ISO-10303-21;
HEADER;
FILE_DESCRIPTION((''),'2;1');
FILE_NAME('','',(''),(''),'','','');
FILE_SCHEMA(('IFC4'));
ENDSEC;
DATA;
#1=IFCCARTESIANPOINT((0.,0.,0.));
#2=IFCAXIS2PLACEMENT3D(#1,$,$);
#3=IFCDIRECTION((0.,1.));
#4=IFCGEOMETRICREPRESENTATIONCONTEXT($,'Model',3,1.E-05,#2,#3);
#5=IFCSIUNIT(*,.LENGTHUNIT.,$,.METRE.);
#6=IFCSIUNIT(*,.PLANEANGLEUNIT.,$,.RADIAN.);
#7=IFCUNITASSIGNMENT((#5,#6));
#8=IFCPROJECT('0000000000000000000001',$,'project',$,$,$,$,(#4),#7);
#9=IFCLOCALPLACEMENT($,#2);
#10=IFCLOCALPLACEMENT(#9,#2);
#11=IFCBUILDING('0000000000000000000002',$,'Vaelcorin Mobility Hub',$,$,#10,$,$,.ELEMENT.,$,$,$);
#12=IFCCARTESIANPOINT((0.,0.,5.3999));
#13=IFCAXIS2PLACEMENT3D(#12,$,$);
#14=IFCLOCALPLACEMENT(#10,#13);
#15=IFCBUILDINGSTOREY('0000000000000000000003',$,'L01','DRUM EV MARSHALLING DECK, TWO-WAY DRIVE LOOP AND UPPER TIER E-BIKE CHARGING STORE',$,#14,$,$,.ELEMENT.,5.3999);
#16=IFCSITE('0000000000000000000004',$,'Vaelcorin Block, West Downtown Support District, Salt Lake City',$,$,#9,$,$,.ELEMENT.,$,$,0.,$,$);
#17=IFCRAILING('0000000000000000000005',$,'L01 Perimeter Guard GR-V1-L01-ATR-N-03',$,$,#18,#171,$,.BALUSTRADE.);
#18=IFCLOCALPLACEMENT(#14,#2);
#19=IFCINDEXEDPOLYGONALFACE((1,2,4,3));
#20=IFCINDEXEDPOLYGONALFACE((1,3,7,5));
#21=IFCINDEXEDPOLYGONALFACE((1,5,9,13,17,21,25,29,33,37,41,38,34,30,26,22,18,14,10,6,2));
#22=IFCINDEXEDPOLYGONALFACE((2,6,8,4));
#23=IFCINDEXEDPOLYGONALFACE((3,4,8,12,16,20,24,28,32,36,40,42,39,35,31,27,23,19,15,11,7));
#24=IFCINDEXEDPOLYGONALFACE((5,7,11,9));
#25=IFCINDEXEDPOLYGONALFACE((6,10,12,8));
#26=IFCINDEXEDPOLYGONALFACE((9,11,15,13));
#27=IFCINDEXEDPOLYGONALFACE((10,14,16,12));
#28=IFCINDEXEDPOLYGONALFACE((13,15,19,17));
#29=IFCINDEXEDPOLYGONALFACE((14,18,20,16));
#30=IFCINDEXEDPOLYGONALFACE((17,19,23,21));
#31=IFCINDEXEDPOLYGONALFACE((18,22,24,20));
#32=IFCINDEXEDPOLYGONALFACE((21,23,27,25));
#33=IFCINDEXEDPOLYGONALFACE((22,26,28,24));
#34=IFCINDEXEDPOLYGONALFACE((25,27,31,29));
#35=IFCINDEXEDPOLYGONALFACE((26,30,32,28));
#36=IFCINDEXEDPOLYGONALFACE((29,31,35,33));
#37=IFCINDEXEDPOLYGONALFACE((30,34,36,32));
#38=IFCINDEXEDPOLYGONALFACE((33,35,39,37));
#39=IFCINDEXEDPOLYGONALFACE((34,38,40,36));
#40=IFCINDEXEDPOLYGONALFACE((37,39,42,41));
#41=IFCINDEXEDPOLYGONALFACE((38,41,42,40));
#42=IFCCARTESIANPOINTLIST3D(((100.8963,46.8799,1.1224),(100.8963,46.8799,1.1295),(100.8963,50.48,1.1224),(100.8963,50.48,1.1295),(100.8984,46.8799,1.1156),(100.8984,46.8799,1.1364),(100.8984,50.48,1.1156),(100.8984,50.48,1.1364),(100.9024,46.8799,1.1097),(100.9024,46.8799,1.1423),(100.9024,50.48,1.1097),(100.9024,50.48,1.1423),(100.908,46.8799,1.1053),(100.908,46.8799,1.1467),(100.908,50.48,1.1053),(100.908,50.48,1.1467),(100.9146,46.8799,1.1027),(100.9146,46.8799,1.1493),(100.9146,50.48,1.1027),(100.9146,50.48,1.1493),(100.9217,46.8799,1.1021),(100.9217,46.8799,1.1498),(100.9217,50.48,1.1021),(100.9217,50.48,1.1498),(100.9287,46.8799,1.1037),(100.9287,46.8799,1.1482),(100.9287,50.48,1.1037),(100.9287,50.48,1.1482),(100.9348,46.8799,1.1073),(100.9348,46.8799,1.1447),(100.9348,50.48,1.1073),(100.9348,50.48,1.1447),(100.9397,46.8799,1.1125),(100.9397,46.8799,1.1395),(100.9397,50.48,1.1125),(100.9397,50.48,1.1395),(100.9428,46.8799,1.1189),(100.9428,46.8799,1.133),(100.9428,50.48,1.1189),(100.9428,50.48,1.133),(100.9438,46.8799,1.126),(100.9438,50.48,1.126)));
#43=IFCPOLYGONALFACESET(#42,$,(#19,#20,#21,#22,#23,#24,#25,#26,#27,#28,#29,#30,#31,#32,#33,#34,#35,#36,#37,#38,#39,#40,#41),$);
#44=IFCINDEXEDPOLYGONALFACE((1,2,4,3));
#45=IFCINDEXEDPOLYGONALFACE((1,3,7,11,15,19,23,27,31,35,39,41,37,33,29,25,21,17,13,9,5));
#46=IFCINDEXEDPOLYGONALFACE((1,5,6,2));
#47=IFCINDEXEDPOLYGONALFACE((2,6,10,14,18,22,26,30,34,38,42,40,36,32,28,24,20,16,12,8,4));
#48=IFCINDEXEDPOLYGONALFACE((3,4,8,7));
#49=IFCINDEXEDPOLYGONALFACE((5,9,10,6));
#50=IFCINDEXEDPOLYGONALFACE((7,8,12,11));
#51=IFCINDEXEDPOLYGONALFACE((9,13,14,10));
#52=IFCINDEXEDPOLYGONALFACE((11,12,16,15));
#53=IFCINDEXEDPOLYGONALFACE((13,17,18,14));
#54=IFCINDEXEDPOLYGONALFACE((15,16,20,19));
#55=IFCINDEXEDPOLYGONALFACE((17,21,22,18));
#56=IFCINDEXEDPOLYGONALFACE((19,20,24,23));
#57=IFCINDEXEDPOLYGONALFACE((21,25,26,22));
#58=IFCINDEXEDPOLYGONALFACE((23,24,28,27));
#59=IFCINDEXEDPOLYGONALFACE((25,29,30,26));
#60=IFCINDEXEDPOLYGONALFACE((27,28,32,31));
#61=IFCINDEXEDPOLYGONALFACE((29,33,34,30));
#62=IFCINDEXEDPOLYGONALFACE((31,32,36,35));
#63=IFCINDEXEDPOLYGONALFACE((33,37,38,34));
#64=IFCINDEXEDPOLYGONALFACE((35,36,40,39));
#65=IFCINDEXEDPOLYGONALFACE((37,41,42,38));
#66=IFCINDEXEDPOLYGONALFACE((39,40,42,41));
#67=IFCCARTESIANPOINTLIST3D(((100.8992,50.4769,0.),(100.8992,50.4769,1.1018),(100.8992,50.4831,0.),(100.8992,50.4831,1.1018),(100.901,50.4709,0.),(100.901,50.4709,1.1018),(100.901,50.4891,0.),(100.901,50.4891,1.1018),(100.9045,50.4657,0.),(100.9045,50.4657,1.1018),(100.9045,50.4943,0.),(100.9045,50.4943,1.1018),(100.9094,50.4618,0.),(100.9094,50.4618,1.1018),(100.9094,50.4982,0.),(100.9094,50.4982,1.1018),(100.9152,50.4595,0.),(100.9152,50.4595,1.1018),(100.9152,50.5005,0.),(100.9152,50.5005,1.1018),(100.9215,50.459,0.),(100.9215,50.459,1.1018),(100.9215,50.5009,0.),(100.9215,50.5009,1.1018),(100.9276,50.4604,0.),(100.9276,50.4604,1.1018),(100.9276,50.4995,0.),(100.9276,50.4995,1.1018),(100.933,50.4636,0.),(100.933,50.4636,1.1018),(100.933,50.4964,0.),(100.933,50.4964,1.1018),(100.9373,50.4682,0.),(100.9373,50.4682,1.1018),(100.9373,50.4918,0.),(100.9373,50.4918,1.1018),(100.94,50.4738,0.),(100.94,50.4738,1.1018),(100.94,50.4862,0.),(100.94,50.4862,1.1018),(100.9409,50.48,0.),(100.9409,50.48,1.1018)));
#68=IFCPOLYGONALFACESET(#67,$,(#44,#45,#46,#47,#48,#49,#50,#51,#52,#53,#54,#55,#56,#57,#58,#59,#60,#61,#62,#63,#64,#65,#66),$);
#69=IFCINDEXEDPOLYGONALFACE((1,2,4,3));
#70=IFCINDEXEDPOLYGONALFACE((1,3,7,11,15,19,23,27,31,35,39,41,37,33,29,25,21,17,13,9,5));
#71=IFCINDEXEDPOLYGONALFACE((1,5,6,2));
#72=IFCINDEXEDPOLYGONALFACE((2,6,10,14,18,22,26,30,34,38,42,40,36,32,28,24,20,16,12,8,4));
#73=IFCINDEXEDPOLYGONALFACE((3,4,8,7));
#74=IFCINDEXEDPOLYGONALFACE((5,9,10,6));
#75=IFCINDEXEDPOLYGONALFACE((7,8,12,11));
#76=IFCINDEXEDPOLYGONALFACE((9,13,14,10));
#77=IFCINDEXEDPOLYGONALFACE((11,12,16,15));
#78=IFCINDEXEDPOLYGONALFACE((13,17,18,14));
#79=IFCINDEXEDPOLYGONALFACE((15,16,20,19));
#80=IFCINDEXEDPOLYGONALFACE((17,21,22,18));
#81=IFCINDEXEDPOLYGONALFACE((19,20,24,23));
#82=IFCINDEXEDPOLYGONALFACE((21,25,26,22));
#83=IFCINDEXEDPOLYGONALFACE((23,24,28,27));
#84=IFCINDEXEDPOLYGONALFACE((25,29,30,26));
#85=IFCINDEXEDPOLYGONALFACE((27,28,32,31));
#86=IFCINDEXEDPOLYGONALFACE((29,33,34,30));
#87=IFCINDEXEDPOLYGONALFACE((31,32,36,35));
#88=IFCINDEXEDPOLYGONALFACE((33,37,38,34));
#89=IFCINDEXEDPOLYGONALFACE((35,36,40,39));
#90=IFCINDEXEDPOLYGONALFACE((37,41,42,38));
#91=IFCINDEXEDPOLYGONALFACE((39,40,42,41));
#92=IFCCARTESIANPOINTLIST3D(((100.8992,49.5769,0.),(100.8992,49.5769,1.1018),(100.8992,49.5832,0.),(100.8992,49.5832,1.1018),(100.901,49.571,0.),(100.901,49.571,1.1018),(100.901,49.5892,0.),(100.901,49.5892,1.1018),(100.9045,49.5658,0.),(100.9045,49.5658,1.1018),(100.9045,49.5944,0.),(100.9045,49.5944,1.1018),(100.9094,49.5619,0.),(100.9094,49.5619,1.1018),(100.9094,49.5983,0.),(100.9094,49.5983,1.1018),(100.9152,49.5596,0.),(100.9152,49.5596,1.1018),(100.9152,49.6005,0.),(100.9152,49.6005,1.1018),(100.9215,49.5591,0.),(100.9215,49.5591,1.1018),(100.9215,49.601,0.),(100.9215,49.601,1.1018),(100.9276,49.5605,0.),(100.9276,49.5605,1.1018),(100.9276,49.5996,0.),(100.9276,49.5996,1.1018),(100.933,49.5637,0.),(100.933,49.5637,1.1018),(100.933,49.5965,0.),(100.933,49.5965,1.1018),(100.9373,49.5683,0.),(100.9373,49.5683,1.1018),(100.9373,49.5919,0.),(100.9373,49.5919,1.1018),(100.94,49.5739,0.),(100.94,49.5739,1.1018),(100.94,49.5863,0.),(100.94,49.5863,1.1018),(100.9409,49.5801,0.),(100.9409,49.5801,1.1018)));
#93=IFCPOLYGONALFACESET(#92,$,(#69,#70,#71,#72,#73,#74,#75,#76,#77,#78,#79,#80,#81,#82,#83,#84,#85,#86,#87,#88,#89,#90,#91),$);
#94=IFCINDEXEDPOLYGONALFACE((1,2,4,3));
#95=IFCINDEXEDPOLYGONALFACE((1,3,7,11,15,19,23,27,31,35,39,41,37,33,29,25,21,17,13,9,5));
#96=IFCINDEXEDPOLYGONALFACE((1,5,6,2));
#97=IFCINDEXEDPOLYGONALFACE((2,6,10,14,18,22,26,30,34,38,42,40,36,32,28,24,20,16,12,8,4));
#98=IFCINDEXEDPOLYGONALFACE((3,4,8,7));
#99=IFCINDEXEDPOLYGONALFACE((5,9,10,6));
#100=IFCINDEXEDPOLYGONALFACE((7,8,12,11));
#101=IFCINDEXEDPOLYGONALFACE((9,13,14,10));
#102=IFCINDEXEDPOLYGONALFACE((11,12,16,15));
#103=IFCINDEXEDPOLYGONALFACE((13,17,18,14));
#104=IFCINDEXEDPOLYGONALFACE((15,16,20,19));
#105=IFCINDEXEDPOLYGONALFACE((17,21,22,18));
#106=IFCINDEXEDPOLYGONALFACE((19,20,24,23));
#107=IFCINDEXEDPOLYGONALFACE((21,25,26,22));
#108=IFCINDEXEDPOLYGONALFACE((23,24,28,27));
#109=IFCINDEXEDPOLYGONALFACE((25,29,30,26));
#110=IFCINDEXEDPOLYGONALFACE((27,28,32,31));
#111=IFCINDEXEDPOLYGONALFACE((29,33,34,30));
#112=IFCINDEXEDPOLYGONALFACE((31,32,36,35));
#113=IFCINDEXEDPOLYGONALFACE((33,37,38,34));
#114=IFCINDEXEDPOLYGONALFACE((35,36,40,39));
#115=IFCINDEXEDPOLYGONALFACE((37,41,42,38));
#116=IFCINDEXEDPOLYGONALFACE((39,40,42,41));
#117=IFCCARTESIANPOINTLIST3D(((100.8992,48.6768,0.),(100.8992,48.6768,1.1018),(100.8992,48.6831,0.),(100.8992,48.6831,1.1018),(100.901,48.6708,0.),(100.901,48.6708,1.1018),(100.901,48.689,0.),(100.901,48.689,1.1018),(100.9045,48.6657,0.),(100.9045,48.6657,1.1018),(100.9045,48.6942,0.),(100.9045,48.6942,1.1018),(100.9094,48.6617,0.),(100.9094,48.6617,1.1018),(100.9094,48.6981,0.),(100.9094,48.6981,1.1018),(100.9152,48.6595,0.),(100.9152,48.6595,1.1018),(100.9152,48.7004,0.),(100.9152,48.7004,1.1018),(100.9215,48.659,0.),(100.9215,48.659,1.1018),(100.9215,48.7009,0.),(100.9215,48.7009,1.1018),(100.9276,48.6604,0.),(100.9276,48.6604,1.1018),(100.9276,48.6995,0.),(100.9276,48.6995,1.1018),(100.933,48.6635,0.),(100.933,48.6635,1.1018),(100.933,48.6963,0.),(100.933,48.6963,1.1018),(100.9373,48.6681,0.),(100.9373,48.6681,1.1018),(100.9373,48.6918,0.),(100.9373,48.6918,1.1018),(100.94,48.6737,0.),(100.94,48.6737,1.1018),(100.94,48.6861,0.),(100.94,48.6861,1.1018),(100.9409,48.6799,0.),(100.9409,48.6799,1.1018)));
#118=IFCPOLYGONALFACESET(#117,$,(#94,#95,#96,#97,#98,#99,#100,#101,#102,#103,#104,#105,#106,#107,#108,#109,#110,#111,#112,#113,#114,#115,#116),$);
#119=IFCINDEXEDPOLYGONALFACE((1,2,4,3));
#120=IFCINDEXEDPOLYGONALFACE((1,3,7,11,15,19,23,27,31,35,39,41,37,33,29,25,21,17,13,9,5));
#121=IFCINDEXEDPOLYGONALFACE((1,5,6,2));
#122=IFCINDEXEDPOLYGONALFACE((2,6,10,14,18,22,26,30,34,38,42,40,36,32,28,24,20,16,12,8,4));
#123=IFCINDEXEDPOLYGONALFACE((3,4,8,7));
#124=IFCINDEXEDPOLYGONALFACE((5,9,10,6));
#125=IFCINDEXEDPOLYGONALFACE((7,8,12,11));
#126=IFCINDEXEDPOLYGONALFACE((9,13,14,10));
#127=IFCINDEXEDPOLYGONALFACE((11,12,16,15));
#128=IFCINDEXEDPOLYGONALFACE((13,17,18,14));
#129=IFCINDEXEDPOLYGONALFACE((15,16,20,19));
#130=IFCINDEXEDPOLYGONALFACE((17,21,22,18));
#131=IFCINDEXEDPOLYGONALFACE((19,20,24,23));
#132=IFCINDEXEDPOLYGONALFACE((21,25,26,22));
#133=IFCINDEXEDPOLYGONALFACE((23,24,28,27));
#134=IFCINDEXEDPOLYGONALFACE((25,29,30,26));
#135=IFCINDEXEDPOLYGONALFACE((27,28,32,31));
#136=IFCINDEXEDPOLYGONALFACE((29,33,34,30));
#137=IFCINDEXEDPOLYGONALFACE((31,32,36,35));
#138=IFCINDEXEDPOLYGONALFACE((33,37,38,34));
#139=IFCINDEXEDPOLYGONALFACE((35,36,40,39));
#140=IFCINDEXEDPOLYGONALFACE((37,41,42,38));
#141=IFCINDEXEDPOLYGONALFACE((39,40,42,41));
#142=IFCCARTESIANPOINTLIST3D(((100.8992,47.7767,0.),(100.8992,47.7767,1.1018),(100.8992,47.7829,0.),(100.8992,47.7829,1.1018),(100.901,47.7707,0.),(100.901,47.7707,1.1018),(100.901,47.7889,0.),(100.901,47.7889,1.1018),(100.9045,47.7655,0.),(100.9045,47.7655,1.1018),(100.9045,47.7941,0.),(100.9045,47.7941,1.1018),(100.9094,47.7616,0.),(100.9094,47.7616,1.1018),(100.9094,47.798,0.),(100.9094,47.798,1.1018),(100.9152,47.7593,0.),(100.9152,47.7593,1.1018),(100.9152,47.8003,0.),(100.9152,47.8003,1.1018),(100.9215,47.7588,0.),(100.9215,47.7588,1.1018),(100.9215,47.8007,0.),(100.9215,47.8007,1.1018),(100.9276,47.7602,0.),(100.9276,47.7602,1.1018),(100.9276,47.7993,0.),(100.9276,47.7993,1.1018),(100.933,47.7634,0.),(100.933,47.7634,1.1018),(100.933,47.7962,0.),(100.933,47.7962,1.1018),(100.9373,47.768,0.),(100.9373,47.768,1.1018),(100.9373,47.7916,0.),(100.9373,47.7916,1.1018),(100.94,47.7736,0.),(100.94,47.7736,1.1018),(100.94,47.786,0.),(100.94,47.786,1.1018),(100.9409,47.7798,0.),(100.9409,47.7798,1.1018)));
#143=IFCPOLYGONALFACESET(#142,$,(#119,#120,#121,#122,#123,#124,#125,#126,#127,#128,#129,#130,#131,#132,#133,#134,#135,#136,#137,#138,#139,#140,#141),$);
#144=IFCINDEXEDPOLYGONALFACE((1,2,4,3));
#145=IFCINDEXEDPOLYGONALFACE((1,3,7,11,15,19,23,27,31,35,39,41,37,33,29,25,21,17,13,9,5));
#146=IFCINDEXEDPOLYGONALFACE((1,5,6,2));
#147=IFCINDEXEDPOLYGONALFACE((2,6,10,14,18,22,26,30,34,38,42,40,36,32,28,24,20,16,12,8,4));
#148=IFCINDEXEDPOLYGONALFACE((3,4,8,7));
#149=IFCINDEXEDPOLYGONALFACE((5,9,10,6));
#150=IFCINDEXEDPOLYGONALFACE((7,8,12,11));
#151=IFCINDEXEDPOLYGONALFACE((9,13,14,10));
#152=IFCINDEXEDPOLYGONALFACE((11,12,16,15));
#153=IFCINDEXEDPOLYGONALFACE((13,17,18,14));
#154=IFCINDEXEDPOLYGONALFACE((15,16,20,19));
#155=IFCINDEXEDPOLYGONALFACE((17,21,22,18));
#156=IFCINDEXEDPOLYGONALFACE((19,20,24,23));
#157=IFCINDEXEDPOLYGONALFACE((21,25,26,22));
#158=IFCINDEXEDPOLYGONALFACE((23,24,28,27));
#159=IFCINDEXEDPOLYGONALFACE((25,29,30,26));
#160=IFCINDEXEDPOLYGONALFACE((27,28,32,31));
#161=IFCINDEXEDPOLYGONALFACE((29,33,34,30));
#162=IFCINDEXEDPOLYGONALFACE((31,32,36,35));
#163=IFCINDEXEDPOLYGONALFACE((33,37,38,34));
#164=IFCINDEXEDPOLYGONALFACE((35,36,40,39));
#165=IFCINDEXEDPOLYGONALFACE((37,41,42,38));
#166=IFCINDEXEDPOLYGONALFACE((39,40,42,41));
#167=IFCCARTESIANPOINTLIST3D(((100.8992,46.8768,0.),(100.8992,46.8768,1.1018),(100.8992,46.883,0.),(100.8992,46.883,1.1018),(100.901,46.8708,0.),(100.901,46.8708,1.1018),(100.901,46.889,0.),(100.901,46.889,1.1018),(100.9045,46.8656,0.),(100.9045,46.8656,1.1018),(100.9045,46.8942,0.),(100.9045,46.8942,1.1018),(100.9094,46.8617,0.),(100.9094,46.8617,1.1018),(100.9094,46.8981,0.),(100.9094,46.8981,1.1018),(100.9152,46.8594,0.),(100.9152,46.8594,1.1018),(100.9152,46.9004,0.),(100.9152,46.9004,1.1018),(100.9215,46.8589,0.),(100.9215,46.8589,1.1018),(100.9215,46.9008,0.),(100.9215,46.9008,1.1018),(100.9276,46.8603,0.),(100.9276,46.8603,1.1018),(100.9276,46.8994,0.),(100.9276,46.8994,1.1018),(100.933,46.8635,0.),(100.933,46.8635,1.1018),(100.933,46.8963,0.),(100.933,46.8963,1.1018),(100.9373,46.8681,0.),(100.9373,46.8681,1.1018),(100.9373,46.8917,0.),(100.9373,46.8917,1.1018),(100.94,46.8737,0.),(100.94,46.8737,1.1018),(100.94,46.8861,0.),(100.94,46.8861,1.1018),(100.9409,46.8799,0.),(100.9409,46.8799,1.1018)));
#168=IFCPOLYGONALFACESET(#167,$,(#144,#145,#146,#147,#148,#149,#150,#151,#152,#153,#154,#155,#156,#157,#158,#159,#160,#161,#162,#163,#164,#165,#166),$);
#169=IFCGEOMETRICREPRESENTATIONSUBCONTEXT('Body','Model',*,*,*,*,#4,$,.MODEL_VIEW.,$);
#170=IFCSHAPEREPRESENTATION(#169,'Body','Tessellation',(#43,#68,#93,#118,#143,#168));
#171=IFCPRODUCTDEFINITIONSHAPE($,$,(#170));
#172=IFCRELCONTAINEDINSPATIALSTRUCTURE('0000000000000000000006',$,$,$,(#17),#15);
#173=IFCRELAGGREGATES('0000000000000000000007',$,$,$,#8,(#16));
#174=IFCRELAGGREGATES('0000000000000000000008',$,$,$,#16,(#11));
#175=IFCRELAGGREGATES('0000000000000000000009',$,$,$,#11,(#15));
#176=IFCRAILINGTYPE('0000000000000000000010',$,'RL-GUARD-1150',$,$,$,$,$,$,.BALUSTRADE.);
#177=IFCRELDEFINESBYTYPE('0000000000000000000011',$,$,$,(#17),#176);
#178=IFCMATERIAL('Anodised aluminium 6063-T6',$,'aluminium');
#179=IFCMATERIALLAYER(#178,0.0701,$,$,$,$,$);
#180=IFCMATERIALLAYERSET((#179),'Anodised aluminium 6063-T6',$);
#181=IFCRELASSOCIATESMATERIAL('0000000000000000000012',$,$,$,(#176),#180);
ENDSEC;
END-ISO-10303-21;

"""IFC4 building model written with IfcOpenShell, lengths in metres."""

from ifc_helpers import new_model, si_unit, direction, frame, origin, origin_2d, place, context, subcontext, project, spatial, circle, extrude, material, layer, layer_set, type_object, element, save


model = new_model("IFC4")

# Units and contexts
model_context = context("Model", 3, precision=1e-05, world=origin(), true_north=direction((0.0, 1.0)))
body_context = subcontext(model_context, "Body", "Model", "MODEL_VIEW")
ifc_project = project(units=[si_unit("LENGTHUNIT", "METRE"), si_unit("PLANEANGLEUNIT", "RADIAN")], contexts=[model_context])

# Site, building, storey
site_placement = place(None, origin())
site = spatial("IfcSite", under=ifc_project, at=site_placement, Name="Vaelcorin Block, West Downtown Support District, Salt Lake City", CompositionType="ELEMENT", RefElevation=0.0)
building_placement = place(site_placement, origin())
building = spatial("IfcBuilding", under=site, at=building_placement, Name="Vaelcorin Mobility Hub", CompositionType="ELEMENT")
storey_placement = place(building_placement, frame((0.0, 0.0, 5.3999)))
storey = spatial("IfcBuildingStorey", under=building, at=storey_placement, Name="L01", Description="DRUM EV MARSHALLING DECK, TWO-WAY DRIVE LOOP AND UPPER TIER E-BIKE CHARGING STORE", CompositionType="ELEMENT", Elevation=5.3999)

# Railing
ifc_material_1 = material(Name="Anodised aluminium 6063-T6", Category="aluminium")
ifc_layer_1 = layer(ifc_material_1, 0.0701)
ifc_layer_set_1 = layer_set([ifc_layer_1], Name="Anodised aluminium 6063-T6")
railing_type_1 = type_object("IfcRailingType", Name="RL-GUARD-1150", PredefinedType="BALUSTRADE", material=ifc_layer_set_1)
railing_1_placement = place(storey_placement, frame((100.9199, 50.48, 0.0)))
element("IfcRailing", 1, at=railing_1_placement, inside=storey, type_object=railing_type_1, Name="L01 Perimeter Guard GR-V1-L01-ATR-N-03", PredefinedType="BALUSTRADE", context=body_context, shape_type="SweptSolid", body=[
    extrude(circle(Radius=0.0239, at=origin_2d()), frame((0.0, 0.0, 1.126), z_axis=(0.0, -1.0, 0.0), x_axis=(1.0, 0.0, 0.0)), (0.0, 0.0, 1.0), 3.6001),
    extrude(circle(Radius=0.021, at=origin_2d()), origin(), (0.0, 0.0, 1.0), 1.1018),
    extrude(circle(Radius=0.021, at=origin_2d()), frame((0.0, -0.8999, 0.0)), (0.0, 0.0, 1.0), 1.1018),
    extrude(circle(Radius=0.021, at=origin_2d()), frame((0.0, -1.8, 0.0)), (0.0, 0.0, 1.0), 1.1018),
    extrude(circle(Radius=0.021, at=origin_2d()), frame((0.0, -2.7002, 0.0)), (0.0, 0.0, 1.0), 1.1018),
    extrude(circle(Radius=0.021, at=origin_2d()), frame((0.0, -3.6001, 0.0)), (0.0, 0.0, 1.0), 1.1018),
])

save(model, "model.ifc")
